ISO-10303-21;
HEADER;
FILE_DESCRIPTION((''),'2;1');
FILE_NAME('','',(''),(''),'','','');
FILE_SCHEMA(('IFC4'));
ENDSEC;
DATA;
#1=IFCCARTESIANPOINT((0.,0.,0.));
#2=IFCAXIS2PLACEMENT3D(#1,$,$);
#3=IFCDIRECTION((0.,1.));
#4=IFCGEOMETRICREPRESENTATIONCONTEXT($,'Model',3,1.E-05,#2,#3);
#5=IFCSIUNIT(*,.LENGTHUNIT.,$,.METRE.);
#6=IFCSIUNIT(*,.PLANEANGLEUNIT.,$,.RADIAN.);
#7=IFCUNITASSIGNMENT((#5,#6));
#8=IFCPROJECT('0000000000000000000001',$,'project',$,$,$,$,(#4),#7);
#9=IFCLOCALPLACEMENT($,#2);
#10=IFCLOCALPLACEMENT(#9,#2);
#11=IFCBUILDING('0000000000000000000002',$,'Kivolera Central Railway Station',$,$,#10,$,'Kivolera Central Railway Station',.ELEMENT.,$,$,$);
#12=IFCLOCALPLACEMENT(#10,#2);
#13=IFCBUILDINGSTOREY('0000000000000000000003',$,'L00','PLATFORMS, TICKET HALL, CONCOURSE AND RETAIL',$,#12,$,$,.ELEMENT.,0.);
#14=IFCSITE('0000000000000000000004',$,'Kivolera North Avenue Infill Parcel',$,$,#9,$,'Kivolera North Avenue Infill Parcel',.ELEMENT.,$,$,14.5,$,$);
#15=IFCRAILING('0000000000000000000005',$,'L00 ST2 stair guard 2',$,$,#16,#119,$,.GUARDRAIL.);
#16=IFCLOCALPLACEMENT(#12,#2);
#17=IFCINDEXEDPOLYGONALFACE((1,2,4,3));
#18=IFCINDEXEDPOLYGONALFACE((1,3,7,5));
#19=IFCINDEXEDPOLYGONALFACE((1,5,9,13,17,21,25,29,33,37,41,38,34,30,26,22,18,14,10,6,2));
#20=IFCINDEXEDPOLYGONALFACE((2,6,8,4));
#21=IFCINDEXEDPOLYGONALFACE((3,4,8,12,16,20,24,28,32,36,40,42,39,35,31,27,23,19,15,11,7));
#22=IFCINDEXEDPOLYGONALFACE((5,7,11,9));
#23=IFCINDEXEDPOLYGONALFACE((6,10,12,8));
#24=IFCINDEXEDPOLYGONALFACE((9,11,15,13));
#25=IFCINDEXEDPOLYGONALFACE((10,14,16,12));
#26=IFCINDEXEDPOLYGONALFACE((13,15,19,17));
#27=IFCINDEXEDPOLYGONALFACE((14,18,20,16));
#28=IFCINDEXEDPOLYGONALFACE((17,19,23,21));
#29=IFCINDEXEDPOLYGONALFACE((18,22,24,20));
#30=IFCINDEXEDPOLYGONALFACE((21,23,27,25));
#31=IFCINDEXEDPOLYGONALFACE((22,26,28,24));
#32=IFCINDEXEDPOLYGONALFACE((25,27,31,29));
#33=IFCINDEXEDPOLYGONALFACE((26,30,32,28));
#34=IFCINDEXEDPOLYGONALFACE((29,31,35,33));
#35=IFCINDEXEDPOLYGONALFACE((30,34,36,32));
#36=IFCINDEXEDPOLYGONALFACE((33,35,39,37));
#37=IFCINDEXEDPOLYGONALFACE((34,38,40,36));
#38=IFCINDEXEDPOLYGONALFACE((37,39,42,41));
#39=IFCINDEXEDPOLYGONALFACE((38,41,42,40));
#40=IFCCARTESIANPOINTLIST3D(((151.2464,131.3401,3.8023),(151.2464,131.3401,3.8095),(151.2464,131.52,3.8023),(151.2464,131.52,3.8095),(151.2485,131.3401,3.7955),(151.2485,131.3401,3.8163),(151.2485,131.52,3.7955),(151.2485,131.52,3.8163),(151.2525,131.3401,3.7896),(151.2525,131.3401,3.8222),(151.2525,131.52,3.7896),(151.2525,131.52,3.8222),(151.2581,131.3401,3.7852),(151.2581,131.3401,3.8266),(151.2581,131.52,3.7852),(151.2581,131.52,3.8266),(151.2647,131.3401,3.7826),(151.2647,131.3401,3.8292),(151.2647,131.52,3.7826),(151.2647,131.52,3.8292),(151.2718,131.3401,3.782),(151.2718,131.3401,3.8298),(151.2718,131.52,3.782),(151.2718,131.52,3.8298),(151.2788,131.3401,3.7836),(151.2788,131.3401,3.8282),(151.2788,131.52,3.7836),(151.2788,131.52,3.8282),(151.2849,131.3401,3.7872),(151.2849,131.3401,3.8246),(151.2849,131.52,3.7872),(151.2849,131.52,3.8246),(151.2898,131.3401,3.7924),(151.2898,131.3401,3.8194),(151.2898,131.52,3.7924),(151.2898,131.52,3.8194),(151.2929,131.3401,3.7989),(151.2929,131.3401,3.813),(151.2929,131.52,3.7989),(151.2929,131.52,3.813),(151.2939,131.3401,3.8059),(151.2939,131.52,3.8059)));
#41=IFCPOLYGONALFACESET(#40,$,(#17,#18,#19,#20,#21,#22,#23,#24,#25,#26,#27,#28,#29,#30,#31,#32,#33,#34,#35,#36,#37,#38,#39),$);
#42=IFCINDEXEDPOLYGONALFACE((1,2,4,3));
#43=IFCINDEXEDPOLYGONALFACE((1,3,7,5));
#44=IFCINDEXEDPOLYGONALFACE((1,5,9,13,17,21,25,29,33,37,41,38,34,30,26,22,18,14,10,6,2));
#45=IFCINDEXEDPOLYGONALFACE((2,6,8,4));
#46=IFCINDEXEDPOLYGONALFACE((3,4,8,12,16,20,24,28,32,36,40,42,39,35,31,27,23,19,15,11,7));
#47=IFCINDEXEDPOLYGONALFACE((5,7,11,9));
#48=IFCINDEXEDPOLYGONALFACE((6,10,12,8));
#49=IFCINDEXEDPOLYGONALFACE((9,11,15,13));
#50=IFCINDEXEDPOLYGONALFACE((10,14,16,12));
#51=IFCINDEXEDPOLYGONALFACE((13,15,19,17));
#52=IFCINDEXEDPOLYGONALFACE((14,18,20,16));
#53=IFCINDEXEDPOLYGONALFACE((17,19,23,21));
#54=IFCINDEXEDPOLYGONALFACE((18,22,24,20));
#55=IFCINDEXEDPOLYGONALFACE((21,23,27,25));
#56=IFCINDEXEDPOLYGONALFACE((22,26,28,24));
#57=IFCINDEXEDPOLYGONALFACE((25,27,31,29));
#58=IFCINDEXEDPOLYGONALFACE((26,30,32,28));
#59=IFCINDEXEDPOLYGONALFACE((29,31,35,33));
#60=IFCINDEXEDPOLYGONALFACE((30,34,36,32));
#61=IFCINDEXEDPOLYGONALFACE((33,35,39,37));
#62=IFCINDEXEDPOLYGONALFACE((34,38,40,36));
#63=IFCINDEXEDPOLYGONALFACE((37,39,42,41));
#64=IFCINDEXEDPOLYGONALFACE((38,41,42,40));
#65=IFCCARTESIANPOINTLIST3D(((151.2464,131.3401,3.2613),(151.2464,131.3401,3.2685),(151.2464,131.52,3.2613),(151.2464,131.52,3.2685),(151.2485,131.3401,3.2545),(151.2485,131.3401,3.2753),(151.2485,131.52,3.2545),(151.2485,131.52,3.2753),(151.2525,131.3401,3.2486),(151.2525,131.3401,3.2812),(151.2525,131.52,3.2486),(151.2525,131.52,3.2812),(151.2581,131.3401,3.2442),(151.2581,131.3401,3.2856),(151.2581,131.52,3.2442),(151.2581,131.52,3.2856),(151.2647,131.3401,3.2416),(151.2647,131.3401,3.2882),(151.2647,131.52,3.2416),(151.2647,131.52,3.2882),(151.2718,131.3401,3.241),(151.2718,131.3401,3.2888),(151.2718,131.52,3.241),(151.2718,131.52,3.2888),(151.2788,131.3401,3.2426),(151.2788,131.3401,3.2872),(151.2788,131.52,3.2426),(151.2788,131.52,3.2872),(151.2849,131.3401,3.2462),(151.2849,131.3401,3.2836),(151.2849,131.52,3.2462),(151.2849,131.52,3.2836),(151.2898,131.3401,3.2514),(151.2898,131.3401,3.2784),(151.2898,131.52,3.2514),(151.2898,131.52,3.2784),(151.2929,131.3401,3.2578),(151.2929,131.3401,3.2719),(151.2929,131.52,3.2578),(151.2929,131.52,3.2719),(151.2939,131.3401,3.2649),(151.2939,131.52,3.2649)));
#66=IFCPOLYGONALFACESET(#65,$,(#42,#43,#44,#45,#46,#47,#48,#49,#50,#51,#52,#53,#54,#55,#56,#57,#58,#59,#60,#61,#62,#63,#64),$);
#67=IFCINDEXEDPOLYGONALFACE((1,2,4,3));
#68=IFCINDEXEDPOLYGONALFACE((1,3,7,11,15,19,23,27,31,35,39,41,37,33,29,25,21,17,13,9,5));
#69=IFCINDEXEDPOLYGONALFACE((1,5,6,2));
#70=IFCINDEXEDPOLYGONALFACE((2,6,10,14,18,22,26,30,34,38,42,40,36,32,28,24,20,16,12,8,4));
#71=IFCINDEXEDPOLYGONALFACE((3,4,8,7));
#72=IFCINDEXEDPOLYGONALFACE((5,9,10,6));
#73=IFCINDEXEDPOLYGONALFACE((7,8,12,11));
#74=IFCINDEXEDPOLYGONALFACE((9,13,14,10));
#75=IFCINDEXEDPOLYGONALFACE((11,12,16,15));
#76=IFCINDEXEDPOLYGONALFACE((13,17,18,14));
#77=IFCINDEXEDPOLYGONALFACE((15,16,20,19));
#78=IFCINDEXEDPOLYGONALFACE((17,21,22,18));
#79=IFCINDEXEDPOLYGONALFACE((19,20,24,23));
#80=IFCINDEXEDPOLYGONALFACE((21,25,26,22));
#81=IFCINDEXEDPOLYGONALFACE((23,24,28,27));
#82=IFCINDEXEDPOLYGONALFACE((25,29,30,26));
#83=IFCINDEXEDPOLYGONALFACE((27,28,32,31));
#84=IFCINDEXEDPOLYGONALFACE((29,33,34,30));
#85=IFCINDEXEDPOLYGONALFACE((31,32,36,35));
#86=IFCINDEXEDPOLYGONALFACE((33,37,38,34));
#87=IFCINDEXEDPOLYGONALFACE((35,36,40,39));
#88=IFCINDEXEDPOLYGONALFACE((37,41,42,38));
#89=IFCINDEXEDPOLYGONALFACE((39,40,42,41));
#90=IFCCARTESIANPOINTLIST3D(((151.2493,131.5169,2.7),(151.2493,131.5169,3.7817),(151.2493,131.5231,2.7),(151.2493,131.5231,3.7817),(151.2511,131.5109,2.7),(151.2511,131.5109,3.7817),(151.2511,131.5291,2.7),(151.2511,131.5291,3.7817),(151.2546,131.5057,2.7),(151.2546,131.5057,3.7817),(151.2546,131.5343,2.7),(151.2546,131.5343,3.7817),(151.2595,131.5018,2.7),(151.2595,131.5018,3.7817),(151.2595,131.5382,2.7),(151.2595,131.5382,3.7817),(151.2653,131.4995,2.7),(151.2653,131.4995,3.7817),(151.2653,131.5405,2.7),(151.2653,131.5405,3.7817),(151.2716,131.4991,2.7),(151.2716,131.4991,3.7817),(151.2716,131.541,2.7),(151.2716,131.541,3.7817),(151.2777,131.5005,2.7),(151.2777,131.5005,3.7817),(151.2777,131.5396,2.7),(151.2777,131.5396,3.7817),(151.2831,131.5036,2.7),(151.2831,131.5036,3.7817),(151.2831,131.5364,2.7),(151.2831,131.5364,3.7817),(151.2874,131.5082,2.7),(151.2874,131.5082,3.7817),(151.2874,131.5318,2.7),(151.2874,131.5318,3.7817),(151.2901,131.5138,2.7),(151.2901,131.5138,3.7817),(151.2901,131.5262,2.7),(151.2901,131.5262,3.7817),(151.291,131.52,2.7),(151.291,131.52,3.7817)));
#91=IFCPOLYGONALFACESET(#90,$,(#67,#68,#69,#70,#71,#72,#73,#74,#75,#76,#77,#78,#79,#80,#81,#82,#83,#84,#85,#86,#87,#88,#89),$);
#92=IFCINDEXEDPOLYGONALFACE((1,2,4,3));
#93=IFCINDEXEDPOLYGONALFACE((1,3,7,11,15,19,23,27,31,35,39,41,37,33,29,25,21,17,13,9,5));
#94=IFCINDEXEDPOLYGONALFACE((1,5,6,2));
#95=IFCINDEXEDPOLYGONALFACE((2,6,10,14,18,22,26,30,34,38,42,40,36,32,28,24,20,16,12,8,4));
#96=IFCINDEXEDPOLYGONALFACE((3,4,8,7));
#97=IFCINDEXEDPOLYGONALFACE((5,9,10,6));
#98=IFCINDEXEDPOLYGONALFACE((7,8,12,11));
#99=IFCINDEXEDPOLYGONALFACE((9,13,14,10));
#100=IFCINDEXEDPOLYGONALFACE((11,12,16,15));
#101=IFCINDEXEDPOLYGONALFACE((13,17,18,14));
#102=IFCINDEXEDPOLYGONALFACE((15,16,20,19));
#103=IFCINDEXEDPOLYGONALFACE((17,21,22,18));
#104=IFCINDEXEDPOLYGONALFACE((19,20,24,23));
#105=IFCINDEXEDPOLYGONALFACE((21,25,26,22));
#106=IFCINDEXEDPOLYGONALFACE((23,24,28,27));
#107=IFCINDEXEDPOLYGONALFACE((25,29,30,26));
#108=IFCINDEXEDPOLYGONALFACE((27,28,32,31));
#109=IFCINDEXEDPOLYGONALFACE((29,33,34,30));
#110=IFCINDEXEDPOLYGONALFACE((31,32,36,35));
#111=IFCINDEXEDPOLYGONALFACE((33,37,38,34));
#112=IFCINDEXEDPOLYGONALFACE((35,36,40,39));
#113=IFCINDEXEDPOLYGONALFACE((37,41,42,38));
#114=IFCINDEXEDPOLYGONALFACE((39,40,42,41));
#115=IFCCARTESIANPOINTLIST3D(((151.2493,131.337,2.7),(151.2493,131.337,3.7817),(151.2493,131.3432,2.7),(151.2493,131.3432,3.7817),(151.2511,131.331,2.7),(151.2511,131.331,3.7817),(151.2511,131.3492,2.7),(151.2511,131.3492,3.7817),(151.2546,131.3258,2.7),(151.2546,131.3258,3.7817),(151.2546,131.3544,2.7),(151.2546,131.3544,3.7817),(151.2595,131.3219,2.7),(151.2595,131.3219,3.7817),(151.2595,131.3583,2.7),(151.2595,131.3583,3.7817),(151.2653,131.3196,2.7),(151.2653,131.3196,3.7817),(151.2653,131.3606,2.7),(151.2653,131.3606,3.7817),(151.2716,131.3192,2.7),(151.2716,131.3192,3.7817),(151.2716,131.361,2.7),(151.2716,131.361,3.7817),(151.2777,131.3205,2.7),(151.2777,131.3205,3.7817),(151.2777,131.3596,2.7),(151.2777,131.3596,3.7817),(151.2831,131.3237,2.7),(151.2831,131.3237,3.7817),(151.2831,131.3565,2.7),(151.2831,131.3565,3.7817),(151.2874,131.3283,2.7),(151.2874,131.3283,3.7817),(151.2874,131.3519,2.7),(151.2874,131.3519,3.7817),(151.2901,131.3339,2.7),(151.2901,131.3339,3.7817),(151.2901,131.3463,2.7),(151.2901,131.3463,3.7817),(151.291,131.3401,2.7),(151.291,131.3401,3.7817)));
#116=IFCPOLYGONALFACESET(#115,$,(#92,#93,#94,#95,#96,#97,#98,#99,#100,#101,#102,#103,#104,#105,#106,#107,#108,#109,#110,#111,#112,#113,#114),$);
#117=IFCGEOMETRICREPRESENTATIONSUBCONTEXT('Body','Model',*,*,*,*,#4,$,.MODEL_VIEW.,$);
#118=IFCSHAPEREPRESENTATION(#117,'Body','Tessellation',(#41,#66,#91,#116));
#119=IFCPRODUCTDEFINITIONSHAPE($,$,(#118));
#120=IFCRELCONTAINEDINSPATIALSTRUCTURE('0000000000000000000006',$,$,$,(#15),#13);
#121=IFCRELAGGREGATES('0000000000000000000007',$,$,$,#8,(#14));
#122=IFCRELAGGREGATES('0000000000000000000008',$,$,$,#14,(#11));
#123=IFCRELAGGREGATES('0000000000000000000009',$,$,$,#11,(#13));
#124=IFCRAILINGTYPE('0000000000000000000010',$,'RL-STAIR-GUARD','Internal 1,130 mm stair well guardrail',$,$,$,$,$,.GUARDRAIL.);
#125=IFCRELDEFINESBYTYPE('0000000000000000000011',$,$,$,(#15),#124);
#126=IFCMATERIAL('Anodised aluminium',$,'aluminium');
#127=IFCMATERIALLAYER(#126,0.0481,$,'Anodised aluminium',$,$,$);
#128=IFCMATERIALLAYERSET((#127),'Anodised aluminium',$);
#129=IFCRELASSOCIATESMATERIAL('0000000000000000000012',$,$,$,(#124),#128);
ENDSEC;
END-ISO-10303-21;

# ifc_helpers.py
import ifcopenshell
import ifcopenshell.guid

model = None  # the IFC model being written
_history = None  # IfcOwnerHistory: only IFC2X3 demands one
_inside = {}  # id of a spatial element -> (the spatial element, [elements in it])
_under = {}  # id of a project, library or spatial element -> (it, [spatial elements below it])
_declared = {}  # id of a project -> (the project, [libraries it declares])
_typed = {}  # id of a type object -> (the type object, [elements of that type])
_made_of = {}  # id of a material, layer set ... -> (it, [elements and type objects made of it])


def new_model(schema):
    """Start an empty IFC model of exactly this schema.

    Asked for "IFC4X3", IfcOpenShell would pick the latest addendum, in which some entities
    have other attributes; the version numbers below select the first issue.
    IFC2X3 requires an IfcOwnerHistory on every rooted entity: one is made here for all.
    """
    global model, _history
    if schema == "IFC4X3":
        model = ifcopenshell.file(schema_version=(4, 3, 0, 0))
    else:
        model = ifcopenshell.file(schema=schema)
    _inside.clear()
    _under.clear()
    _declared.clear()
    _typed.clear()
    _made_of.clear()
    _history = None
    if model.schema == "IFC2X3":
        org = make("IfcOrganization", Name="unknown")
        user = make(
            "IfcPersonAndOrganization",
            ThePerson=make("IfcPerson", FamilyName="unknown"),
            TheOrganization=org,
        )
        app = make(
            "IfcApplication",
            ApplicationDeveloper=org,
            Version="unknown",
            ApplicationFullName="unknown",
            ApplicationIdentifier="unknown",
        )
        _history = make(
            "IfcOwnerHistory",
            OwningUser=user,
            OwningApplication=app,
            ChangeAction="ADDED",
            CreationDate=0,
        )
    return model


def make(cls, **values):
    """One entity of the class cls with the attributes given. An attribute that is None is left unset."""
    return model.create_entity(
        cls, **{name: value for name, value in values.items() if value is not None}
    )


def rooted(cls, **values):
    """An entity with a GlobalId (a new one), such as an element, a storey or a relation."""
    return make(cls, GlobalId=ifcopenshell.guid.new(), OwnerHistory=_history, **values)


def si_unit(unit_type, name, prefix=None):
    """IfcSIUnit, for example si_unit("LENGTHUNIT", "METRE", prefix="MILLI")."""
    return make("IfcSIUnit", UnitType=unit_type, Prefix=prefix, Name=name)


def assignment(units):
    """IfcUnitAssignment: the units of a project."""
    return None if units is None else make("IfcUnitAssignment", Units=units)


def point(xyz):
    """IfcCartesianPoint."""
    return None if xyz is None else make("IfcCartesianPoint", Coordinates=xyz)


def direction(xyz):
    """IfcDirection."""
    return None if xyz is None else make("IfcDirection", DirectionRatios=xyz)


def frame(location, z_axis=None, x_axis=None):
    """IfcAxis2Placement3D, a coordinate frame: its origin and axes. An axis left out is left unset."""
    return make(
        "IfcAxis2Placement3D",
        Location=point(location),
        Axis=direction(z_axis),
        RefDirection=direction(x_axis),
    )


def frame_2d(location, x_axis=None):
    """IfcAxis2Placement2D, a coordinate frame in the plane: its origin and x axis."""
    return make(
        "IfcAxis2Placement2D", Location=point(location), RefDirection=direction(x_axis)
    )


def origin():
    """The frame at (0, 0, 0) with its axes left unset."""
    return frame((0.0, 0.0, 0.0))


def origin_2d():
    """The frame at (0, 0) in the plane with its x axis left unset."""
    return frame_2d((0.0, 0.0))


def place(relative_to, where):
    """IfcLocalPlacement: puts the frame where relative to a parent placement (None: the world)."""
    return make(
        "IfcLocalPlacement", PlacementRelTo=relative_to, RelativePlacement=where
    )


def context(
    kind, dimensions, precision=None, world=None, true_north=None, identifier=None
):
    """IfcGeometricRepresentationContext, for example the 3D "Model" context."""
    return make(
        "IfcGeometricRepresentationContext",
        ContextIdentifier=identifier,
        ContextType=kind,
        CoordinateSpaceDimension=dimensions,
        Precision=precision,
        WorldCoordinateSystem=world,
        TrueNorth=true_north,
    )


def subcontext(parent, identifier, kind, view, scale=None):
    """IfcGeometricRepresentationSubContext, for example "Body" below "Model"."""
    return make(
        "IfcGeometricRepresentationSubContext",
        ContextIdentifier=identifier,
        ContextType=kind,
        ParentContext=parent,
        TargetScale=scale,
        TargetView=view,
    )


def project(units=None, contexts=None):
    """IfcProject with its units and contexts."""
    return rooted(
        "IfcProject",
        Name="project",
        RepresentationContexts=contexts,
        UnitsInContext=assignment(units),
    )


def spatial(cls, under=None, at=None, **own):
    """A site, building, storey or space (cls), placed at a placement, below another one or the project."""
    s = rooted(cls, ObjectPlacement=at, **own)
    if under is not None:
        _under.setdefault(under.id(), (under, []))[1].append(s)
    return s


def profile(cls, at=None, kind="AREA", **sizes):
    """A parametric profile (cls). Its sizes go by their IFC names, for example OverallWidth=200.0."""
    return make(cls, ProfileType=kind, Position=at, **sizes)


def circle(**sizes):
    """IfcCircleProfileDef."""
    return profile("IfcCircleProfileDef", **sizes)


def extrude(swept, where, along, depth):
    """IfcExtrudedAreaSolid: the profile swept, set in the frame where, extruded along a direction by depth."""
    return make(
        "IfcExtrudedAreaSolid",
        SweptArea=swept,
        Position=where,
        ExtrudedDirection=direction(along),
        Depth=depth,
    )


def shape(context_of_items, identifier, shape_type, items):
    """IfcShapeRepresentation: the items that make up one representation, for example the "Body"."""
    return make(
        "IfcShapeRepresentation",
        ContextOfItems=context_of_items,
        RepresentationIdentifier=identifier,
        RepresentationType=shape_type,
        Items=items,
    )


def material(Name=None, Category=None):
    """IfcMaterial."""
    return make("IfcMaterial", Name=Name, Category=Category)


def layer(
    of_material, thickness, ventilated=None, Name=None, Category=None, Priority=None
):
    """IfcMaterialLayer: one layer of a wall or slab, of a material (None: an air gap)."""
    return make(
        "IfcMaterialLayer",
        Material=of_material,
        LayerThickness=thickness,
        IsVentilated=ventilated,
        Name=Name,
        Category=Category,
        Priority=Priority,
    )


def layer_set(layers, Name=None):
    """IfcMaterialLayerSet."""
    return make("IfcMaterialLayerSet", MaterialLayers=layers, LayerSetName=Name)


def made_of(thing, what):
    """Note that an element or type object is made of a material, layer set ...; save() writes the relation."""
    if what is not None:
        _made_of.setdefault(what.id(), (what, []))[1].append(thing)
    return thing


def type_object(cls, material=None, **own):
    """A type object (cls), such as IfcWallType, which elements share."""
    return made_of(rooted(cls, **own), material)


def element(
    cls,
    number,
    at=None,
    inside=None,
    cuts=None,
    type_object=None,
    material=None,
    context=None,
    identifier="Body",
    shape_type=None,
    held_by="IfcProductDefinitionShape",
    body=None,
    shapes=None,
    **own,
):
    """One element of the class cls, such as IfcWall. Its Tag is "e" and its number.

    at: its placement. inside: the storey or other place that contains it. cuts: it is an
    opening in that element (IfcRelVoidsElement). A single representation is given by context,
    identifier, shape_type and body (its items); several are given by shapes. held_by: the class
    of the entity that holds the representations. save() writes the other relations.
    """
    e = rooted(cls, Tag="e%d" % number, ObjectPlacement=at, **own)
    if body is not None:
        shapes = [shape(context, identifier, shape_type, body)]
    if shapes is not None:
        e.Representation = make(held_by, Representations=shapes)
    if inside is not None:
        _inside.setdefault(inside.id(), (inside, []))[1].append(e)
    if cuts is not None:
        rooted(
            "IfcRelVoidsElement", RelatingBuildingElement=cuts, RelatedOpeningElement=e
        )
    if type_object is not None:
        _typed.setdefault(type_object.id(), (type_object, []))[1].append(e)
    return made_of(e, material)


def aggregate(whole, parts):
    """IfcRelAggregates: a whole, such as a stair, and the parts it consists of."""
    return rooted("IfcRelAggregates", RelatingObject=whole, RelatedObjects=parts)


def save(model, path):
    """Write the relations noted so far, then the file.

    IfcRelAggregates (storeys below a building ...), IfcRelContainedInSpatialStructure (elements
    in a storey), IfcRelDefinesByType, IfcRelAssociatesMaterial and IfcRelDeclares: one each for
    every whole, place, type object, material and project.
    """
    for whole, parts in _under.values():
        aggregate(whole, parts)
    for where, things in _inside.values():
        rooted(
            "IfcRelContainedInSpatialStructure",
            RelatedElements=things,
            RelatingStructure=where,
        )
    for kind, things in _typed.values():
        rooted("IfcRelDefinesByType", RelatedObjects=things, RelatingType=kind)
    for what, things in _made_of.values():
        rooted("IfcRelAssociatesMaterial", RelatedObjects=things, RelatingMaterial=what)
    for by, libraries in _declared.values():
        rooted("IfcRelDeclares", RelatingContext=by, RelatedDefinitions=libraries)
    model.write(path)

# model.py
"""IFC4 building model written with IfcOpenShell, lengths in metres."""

from ifc_helpers import new_model, si_unit, direction, frame, origin, origin_2d, place, context, subcontext, project, spatial, circle, extrude, material, layer, layer_set, type_object, element, save


model = new_model("IFC4")

# Units and contexts
model_context = context("Model", 3, precision=1e-05, world=origin(), true_north=direction((0.0, 1.0)))
body_context = subcontext(model_context, "Body", "Model", "MODEL_VIEW")
ifc_project = project(units=[si_unit("LENGTHUNIT", "METRE"), si_unit("PLANEANGLEUNIT", "RADIAN")], contexts=[model_context])

# Site, building, storey
site_placement = place(None, origin())
site = spatial("IfcSite", under=ifc_project, at=site_placement, Name="Kivolera North Avenue Infill Parcel", LongName="Kivolera North Avenue Infill Parcel", CompositionType="ELEMENT", RefElevation=14.5)
building_placement = place(site_placement, origin())
building = spatial("IfcBuilding", under=site, at=building_placement, Name="Kivolera Central Railway Station", LongName="Kivolera Central Railway Station", CompositionType="ELEMENT")
storey_placement = place(building_placement, origin())
storey = spatial("IfcBuildingStorey", under=building, at=storey_placement, Name="L00", Description="PLATFORMS, TICKET HALL, CONCOURSE AND RETAIL", CompositionType="ELEMENT", Elevation=0.0)

# Shared definitions
ifc_material_1 = material(Name="Anodised aluminium", Category="aluminium")

# Railing
ifc_layer_1 = layer(ifc_material_1, 0.0481, Name="Anodised aluminium")
ifc_layer_set_1 = layer_set([ifc_layer_1], Name="Anodised aluminium")
railing_type_1 = type_object("IfcRailingType", Name="RL-STAIR-GUARD", Description="Internal 1,130 mm stair well guardrail", PredefinedType="GUARDRAIL", material=ifc_layer_set_1)
for number, where, name in (
    (1, (151.27, 131.52, 2.7), "L00 ST2 stair guard 2"),
):
    element("IfcRailing", number, at=place(storey_placement, frame(where)), inside=storey, type_object=railing_type_1, Name=name, PredefinedType="GUARDRAIL", context=body_context, shape_type="SweptSolid", body=[
        extrude(circle(Radius=0.0239, at=origin_2d()), frame((0.0, 0.0, 1.106), z_axis=(0.0, -1.0, 0.0), x_axis=(1.0, 0.0, 0.0)), (0.0, 0.0, 1.0), 0.1799),
        extrude(circle(Radius=0.0239, at=origin_2d()), frame((0.0, 0.0, 0.5649), z_axis=(0.0, -1.0, 0.0), x_axis=(1.0, 0.0, 0.0)), (0.0, 0.0, 1.0), 0.1799),
        extrude(circle(Radius=0.021, at=origin_2d()), origin(), (0.0, 0.0, 1.0), 1.0818),
        extrude(circle(Radius=0.021, at=origin_2d()), frame((0.0, -0.1799, 0.0)), (0.0, 0.0, 1.0), 1.0818),
    ])

save(model, "model.ifc")
